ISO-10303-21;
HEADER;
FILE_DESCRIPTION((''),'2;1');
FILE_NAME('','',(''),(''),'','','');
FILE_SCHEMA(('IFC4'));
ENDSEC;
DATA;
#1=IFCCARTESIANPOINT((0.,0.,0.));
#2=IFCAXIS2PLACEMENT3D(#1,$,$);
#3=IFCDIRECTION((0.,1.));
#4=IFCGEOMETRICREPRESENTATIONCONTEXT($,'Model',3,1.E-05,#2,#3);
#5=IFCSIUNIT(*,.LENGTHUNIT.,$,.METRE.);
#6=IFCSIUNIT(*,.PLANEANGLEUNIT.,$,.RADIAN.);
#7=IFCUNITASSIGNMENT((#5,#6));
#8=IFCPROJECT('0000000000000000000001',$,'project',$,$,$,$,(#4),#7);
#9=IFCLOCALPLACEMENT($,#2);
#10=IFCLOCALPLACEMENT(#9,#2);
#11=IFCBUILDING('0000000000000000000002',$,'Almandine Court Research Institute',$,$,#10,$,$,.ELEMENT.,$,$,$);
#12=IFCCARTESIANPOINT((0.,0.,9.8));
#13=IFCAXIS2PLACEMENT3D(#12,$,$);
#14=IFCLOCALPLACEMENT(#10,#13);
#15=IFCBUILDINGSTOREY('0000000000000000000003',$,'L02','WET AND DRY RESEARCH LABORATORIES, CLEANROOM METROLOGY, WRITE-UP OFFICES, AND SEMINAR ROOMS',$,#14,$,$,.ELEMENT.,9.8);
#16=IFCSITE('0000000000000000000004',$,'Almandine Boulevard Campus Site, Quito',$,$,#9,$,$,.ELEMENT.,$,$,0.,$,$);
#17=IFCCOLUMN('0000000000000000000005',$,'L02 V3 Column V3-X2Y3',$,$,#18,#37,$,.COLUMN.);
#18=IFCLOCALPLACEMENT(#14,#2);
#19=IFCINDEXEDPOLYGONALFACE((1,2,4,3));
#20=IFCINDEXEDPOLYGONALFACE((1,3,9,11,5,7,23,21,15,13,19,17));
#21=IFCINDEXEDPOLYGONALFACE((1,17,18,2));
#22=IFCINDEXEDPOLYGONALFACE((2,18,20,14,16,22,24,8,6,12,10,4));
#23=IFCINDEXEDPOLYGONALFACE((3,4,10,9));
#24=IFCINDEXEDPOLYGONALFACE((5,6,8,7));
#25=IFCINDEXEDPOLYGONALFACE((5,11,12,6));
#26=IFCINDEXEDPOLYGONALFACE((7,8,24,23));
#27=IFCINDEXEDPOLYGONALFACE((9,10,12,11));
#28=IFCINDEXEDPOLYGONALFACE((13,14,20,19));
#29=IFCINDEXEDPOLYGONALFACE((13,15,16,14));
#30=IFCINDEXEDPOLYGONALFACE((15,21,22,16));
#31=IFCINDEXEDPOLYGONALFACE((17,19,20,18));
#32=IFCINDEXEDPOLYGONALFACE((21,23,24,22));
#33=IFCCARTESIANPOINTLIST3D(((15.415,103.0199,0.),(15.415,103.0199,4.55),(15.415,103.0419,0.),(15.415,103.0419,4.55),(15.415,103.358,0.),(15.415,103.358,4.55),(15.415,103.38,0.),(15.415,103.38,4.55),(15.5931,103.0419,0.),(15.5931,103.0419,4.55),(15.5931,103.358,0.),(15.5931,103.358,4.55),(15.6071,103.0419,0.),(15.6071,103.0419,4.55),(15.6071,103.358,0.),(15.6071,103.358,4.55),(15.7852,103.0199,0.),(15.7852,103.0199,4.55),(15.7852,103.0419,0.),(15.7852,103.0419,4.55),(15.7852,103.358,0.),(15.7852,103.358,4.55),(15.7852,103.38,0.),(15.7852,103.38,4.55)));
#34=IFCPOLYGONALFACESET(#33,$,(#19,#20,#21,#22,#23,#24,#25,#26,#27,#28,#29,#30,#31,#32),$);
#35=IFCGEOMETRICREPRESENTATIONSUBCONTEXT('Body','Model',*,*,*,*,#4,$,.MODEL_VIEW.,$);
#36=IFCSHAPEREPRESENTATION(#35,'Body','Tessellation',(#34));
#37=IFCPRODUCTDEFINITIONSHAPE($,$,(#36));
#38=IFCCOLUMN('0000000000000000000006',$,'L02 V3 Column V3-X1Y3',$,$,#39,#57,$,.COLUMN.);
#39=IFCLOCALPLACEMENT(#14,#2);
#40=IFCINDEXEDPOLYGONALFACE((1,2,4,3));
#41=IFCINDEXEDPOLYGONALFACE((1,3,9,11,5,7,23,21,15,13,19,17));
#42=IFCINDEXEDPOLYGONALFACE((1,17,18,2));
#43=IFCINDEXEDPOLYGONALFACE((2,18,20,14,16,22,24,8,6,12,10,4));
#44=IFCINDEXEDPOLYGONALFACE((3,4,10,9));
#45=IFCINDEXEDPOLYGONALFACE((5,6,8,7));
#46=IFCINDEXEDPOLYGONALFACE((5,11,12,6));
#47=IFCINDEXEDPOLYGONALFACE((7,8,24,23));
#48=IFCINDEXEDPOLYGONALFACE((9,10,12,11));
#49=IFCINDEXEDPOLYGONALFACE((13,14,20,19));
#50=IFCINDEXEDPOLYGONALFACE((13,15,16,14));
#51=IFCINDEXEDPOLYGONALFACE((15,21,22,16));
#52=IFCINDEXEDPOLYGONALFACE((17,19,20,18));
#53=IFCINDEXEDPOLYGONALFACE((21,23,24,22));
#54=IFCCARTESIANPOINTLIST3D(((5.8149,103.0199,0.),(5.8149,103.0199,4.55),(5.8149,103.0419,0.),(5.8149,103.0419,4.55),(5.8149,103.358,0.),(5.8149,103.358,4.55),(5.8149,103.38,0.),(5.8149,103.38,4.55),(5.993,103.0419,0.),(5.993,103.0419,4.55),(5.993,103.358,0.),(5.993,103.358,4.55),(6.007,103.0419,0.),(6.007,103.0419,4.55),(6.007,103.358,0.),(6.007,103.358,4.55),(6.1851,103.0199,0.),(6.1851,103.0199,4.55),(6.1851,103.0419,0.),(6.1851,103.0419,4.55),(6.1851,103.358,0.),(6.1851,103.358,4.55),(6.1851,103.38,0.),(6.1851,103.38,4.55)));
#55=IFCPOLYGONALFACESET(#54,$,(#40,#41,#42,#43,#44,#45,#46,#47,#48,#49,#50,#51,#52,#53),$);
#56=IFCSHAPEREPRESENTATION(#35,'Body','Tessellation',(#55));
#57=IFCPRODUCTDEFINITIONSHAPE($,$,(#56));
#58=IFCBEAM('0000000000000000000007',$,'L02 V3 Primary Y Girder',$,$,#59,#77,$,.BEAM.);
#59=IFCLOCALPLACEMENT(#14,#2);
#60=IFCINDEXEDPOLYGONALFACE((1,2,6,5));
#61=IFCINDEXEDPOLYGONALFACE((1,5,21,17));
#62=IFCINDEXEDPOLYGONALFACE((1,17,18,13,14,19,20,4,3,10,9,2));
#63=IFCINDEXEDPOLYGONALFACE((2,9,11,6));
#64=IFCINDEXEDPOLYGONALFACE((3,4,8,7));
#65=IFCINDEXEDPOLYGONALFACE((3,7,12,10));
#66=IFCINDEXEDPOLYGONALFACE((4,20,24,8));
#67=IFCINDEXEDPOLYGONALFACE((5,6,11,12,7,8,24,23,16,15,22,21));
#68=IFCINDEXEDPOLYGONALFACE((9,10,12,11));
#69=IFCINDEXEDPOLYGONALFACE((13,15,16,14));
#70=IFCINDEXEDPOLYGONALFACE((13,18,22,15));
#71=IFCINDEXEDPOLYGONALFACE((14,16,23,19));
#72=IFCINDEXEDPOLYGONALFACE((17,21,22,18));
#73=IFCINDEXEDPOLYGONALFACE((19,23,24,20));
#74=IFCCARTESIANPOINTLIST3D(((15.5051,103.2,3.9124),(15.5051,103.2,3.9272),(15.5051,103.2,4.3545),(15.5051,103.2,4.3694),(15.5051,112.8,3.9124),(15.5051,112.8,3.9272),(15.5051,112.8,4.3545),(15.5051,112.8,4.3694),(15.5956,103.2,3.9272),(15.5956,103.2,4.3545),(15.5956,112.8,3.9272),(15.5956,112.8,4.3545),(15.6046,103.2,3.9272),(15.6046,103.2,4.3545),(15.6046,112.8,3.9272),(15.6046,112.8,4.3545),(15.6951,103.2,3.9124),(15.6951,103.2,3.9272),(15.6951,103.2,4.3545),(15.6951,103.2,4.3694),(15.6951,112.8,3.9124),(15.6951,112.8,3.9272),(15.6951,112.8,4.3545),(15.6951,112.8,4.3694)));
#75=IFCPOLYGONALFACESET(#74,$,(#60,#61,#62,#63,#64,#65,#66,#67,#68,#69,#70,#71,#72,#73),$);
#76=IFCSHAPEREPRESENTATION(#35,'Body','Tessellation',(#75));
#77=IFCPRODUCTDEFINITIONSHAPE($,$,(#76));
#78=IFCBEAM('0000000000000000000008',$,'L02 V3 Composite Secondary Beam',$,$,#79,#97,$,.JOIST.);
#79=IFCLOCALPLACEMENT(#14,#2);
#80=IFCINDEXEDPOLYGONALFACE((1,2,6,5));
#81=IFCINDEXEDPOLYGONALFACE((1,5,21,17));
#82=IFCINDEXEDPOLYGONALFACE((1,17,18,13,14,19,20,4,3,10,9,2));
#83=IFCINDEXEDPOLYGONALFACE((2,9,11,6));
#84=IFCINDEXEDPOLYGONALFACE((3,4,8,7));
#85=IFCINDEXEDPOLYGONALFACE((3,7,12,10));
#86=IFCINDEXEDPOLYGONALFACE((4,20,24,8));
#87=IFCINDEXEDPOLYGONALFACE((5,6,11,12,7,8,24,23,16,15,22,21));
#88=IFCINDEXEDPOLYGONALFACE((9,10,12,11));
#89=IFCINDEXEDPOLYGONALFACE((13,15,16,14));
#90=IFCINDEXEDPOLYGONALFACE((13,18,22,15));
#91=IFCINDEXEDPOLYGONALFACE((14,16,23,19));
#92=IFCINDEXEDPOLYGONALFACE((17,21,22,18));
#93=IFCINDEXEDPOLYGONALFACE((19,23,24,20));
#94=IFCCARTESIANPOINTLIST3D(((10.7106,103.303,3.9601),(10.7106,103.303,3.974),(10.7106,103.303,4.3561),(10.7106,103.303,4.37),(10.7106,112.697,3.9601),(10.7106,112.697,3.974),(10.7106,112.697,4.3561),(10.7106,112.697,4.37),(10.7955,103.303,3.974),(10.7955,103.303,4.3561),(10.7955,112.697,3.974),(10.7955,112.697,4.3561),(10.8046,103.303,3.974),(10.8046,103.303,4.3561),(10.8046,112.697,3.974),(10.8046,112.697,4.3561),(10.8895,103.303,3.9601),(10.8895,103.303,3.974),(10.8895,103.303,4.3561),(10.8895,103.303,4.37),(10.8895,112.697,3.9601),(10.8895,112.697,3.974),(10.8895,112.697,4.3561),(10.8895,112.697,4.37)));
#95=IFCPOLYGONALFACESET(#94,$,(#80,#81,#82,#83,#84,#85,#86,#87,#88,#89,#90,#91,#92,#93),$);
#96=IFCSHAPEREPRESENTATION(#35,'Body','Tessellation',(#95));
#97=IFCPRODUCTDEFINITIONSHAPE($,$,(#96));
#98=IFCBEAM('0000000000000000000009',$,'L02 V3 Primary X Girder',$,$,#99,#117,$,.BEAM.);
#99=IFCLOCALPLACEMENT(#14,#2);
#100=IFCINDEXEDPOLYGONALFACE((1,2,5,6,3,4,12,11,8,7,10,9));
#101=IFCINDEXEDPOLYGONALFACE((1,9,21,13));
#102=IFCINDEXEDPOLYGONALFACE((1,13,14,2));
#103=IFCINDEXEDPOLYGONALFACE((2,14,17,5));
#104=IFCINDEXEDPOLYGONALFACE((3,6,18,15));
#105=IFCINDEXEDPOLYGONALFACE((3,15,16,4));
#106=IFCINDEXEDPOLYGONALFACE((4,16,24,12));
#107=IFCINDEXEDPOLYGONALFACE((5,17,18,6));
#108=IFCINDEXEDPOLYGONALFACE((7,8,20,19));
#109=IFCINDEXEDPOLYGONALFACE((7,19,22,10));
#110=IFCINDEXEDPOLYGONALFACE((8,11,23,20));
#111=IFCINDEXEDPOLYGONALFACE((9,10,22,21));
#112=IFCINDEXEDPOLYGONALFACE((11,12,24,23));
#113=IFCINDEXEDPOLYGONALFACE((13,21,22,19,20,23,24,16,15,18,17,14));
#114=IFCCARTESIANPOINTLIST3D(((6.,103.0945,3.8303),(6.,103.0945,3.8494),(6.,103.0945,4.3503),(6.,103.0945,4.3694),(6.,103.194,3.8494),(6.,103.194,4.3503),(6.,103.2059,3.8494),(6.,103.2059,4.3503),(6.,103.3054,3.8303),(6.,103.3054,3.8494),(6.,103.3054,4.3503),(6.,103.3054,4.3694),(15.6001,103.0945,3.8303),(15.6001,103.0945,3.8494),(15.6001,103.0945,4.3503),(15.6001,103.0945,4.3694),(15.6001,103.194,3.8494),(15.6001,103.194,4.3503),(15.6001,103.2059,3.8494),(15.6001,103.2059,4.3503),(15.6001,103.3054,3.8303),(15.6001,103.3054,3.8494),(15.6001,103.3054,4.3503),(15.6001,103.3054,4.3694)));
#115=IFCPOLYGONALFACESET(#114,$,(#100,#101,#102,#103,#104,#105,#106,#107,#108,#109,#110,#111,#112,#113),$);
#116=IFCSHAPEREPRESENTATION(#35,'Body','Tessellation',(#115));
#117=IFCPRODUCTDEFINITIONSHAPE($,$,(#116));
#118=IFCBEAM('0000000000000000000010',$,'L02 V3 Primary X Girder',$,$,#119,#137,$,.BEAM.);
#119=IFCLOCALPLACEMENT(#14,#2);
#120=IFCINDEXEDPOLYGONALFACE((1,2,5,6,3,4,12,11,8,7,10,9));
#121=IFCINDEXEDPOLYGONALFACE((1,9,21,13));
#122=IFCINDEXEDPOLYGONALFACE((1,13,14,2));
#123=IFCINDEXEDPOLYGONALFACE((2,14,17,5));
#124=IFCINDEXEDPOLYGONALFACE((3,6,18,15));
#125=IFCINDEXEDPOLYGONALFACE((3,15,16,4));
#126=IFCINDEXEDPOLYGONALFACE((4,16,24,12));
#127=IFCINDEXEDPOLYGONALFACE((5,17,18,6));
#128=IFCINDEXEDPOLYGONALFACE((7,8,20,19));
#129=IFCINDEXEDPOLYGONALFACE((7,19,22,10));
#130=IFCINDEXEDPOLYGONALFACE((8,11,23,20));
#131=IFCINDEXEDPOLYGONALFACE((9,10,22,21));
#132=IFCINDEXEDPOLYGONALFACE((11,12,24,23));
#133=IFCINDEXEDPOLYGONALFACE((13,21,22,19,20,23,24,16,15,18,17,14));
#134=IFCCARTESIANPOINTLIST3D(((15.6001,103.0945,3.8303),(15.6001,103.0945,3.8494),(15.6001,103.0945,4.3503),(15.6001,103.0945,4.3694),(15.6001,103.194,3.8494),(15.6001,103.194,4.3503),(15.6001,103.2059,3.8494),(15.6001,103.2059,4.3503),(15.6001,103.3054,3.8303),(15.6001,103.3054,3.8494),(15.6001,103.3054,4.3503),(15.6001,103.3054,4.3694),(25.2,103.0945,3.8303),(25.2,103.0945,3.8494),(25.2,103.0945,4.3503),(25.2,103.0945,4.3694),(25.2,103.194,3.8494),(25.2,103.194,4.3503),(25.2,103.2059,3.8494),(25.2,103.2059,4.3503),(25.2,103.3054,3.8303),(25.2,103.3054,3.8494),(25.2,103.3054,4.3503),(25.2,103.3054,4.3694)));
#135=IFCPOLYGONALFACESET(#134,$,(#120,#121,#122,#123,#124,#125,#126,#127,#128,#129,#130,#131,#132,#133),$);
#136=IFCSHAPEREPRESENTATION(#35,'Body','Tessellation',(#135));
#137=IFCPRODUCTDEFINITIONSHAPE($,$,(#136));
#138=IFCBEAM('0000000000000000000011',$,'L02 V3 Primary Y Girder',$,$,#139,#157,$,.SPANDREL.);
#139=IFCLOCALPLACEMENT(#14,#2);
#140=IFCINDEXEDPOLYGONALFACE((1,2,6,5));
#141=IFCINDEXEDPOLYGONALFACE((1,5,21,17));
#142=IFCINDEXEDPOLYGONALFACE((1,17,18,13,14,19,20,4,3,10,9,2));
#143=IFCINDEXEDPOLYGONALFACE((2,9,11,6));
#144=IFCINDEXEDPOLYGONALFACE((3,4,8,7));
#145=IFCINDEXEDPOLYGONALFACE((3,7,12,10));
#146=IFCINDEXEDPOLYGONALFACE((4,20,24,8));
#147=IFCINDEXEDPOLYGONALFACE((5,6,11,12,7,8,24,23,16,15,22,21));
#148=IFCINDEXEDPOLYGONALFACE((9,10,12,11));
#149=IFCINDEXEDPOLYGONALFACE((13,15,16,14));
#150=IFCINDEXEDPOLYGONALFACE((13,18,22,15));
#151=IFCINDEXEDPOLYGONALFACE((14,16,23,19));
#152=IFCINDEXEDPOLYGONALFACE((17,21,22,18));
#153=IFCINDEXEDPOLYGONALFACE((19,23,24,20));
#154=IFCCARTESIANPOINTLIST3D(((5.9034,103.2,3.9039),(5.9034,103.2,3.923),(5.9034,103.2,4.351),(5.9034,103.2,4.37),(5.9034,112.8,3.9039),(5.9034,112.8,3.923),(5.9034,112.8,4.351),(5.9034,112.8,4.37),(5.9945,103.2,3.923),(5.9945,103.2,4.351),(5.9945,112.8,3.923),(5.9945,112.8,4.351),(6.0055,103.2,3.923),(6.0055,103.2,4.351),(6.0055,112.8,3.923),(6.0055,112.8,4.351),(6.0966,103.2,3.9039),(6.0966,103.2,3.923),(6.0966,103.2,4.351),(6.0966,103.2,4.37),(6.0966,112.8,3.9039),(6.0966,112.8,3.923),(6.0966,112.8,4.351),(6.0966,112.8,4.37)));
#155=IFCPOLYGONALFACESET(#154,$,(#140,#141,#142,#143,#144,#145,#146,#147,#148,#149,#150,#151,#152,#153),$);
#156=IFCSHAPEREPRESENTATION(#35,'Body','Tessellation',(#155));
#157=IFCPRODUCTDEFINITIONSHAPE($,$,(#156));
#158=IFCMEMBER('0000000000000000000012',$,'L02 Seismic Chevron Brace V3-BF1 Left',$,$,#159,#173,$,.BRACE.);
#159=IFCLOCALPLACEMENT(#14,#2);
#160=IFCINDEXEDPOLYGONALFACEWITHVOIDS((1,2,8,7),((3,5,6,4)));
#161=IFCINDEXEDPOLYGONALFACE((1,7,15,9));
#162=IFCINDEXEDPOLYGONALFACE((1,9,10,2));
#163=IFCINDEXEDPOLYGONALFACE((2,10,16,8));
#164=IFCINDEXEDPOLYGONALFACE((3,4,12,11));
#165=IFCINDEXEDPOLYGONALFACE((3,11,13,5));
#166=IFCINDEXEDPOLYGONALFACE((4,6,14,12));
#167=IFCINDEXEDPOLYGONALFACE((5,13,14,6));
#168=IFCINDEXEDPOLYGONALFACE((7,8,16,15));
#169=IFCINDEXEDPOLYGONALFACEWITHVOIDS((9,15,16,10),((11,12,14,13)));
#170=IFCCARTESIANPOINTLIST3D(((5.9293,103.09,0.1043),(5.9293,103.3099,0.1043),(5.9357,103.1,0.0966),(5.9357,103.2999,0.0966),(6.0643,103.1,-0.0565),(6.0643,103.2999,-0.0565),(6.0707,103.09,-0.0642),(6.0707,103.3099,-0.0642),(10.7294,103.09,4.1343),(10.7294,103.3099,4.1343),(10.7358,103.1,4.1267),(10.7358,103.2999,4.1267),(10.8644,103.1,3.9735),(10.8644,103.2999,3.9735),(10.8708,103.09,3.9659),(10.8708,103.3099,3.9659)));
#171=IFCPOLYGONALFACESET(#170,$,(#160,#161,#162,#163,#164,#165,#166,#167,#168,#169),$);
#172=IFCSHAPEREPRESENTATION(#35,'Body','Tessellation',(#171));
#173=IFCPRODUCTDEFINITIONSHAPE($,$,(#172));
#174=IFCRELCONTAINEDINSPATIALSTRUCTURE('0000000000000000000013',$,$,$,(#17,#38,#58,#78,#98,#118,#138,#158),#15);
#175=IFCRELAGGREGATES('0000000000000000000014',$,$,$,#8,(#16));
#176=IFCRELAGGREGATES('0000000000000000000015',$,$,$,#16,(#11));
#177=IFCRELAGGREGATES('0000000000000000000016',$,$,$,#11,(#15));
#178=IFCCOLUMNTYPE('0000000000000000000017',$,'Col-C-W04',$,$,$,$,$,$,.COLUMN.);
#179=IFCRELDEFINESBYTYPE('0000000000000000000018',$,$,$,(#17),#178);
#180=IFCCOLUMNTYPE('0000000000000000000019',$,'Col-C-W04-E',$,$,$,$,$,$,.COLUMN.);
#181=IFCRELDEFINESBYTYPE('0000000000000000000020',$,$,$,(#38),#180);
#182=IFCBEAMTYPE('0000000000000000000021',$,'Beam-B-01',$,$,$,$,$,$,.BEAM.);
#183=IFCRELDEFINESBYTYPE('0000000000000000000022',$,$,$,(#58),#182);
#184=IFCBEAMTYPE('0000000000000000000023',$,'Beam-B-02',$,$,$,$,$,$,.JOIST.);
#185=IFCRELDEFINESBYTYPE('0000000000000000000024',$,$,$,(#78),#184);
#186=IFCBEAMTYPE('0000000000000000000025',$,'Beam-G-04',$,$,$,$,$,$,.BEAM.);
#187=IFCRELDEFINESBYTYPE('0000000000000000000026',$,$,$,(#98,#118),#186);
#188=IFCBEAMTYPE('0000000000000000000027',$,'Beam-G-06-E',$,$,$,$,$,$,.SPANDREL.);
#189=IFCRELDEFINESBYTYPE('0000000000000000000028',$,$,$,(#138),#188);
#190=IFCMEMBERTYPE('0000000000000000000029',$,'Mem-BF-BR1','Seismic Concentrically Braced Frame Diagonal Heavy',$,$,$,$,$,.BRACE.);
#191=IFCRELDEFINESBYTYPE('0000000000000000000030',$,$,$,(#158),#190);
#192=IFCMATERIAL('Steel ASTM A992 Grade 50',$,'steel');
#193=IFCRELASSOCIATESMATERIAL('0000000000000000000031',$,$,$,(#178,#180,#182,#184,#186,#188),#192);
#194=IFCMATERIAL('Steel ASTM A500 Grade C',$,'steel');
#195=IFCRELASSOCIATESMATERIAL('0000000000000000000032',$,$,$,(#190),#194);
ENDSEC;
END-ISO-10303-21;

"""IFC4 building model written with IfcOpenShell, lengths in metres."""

from ifc_helpers import new_model, si_unit, direction, frame, origin, origin_2d, place, context, subcontext, project, spatial, hollow_rectangle, i_section, extrude, material, material_profile, profile_set, type_object, element, save


model = new_model("IFC4")

# Units and contexts
model_context = context("Model", 3, precision=1e-05, world=origin(), true_north=direction((0.0, 1.0)))
body_context = subcontext(model_context, "Body", "Model", "MODEL_VIEW")
ifc_project = project(units=[si_unit("LENGTHUNIT", "METRE"), si_unit("PLANEANGLEUNIT", "RADIAN")], contexts=[model_context])

# Site, building, storey
site_placement = place(None, origin())
site = spatial("IfcSite", under=ifc_project, at=site_placement, Name="Almandine Boulevard Campus Site, Quito", CompositionType="ELEMENT", RefElevation=0.0)
building_placement = place(site_placement, origin())
building = spatial("IfcBuilding", under=site, at=building_placement, Name="Almandine Court Research Institute", CompositionType="ELEMENT")
storey_placement = place(building_placement, frame((0.0, 0.0, 9.8)))
storey = spatial("IfcBuildingStorey", under=building, at=storey_placement, Name="L02", Description="WET AND DRY RESEARCH LABORATORIES, CLEANROOM METROLOGY, WRITE-UP OFFICES, AND SEMINAR ROOMS", CompositionType="ELEMENT", Elevation=9.8)

# Columns
ifc_material_1 = material(Name="Steel ASTM A992 Grade 50", Category="steel")
ifc_material_profile_1 = material_profile(ifc_material_1, i_section(OverallWidth=0.3701, OverallDepth=0.3601, WebThickness=0.0139, FlangeThickness=0.022, at=origin_2d()), Name="W360x147")
ifc_profile_set_1 = profile_set([ifc_material_profile_1], Name="Steel ASTM A992 Grade 50")
column_type_1 = type_object("IfcColumnType", Name="Col-C-W04", PredefinedType="COLUMN", material=ifc_profile_set_1)
column_1_placement = place(storey_placement, frame((15.6001, 103.2, 0.0), z_axis=(0.0, 0.0, 1.0), x_axis=(1.0, 0.0, 0.0)))
element("IfcColumn", 1, at=column_1_placement, inside=storey, type_object=column_type_1, Name="L02 V3 Column V3-X2Y3", PredefinedType="COLUMN", context=body_context, shape_type="SweptSolid", body=[
    extrude(i_section(OverallWidth=0.3701, OverallDepth=0.3601, WebThickness=0.0139, FlangeThickness=0.022, at=origin_2d()), origin(), (0.0, 0.0, 1.0), 4.55),
])
ifc_material_profile_2 = material_profile(ifc_material_1, i_section(OverallWidth=0.3701, OverallDepth=0.3601, WebThickness=0.0139, FlangeThickness=0.022, at=origin_2d()), Name="W360x147")
ifc_profile_set_2 = profile_set([ifc_material_profile_2], Name="Steel ASTM A992 Grade 50")
column_type_2 = type_object("IfcColumnType", Name="Col-C-W04-E", PredefinedType="COLUMN", material=ifc_profile_set_2)
column_2_placement = place(storey_placement, frame((6.0, 103.2, 0.0), z_axis=(0.0, 0.0, 1.0), x_axis=(1.0, 0.0, 0.0)))
element("IfcColumn", 2, at=column_2_placement, inside=storey, type_object=column_type_2, Name="L02 V3 Column V3-X1Y3", PredefinedType="COLUMN", context=body_context, shape_type="SweptSolid", body=[
    extrude(i_section(OverallWidth=0.3701, OverallDepth=0.3601, WebThickness=0.0139, FlangeThickness=0.022, at=origin_2d()), origin(), (0.0, 0.0, 1.0), 4.55),
])

# Beams
ifc_material_profile_3 = material_profile(ifc_material_1, i_section(OverallWidth=0.1899, OverallDepth=0.457, WebThickness=0.009, FlangeThickness=0.0149, at=origin_2d()), Name="W460x74")
ifc_profile_set_3 = profile_set([ifc_material_profile_3], Name="Steel ASTM A992 Grade 50")
beam_type_1 = type_object("IfcBeamType", Name="Beam-B-01", PredefinedType="BEAM", material=ifc_profile_set_3)
beam_1_placement = place(storey_placement, frame((15.6001, 103.2, 4.1409), z_axis=(0.0, 1.0, 0.0), x_axis=(-1.0, 0.0, 0.0)))
element("IfcBeam", 3, at=beam_1_placement, inside=storey, type_object=beam_type_1, Name="L02 V3 Primary Y Girder", PredefinedType="BEAM", context=body_context, shape_type="SweptSolid", body=[
    extrude(i_section(OverallWidth=0.1899, OverallDepth=0.457, WebThickness=0.009, FlangeThickness=0.0149, at=origin_2d()), origin(), (0.0, 0.0, 1.0), 9.6001),
])
ifc_material_profile_4 = material_profile(ifc_material_1, i_section(OverallWidth=0.179, OverallDepth=0.4099, WebThickness=0.009, FlangeThickness=0.0139, at=origin_2d()), Name="W410x67")
ifc_profile_set_4 = profile_set([ifc_material_profile_4], Name="Steel ASTM A992 Grade 50")
beam_type_2 = type_object("IfcBeamType", Name="Beam-B-02", PredefinedType="JOIST", material=ifc_profile_set_4)
beam_2_placement = place(storey_placement, frame((10.8, 103.303, 4.165), z_axis=(0.0, 1.0, 0.0), x_axis=(-1.0, 0.0, 0.0)))
element("IfcBeam", 4, at=beam_2_placement, inside=storey, type_object=beam_type_2, Name="L02 V3 Composite Secondary Beam", PredefinedType="JOIST", context=body_context, shape_type="SweptSolid", body=[
    extrude(i_section(OverallWidth=0.179, OverallDepth=0.4099, WebThickness=0.009, FlangeThickness=0.0139, at=origin_2d()), origin(), (0.0, 0.0, 1.0), 9.394),
])
ifc_material_profile_5 = material_profile(ifc_material_1, i_section(OverallWidth=0.2109, OverallDepth=0.5391, WebThickness=0.012, FlangeThickness=0.019, at=origin_2d()), Name="W530x109")
ifc_profile_set_5 = profile_set([ifc_material_profile_5], Name="Steel ASTM A992 Grade 50")
beam_type_3 = type_object("IfcBeamType", Name="Beam-G-04", PredefinedType="BEAM", material=ifc_profile_set_5)
beam_3_placement = place(storey_placement, frame((6.0, 103.2, 4.0999), z_axis=(1.0, 0.0, 0.0), x_axis=(0.0, 1.0, 0.0)))
element("IfcBeam", 5, at=beam_3_placement, inside=storey, type_object=beam_type_3, Name="L02 V3 Primary X Girder", PredefinedType="BEAM", context=body_context, shape_type="SweptSolid", body=[
    extrude(i_section(OverallWidth=0.2109, OverallDepth=0.5391, WebThickness=0.012, FlangeThickness=0.019, at=origin_2d()), origin(), (0.0, 0.0, 1.0), 9.6001),
])
beam_4_placement = place(storey_placement, frame((15.6001, 103.2, 4.0999), z_axis=(1.0, 0.0, 0.0), x_axis=(0.0, 1.0, 0.0)))
element("IfcBeam", 6, at=beam_4_placement, inside=storey, type_object=beam_type_3, Name="L02 V3 Primary X Girder", PredefinedType="BEAM", context=body_context, shape_type="SweptSolid", body=[
    extrude(i_section(OverallWidth=0.2109, OverallDepth=0.5391, WebThickness=0.012, FlangeThickness=0.019, at=origin_2d()), origin(), (0.0, 0.0, 1.0), 9.5999),
])
ifc_material_profile_6 = material_profile(ifc_material_1, i_section(OverallWidth=0.1931, OverallDepth=0.4661, WebThickness=0.011, FlangeThickness=0.019, at=origin_2d()), Name="W460x97")
ifc_profile_set_6 = profile_set([ifc_material_profile_6], Name="Steel ASTM A992 Grade 50")
beam_type_4 = type_object("IfcBeamType", Name="Beam-G-06-E", PredefinedType="SPANDREL", material=ifc_profile_set_6)
beam_5_placement = place(storey_placement, frame((6.0, 103.2, 4.137), z_axis=(0.0, 1.0, 0.0), x_axis=(-1.0, 0.0, 0.0)))
element("IfcBeam", 7, at=beam_5_placement, inside=storey, type_object=beam_type_4, Name="L02 V3 Primary Y Girder", PredefinedType="SPANDREL", context=body_context, shape_type="SweptSolid", body=[
    extrude(i_section(OverallWidth=0.1931, OverallDepth=0.4661, WebThickness=0.011, FlangeThickness=0.019, at=origin_2d()), origin(), (0.0, 0.0, 1.0), 9.6001),
])

# Member
ifc_material_2 = material(Name="Steel ASTM A500 Grade C", Category="steel")
ifc_material_profile_7 = material_profile(ifc_material_2, hollow_rectangle(XDim=0.22, YDim=0.22, WallThickness=0.01, at=origin_2d()), Name="HSS 220x220x10")
ifc_profile_set_7 = profile_set([ifc_material_profile_7], Name="Steel ASTM A500 Grade C")
member_type = type_object("IfcMemberType", Name="Mem-BF-BR1", Description="Seismic Concentrically Braced Frame Diagonal Heavy", PredefinedType="BRACE", material=ifc_profile_set_7)
for number, where, z_axis, x_axis, name in (
    (8, (6.0, 103.2, 0.02), (0.765863, 0.0, 0.643004), (0.0, 1.0, 0.0), "L02 Seismic Chevron Brace V3-BF1 Left"),
):
    element("IfcMember", number, at=place(storey_placement, frame(where, z_axis=z_axis, x_axis=x_axis)), inside=storey, type_object=member_type, Name=name, PredefinedType="BRACE", context=body_context, shape_type="SweptSolid", body=[
        extrude(hollow_rectangle(XDim=0.22, YDim=0.22, WallThickness=0.01, at=origin_2d()), origin(), (0.0, 0.0, 1.0), 6.2676),
    ])

save(model, "model.ifc")
